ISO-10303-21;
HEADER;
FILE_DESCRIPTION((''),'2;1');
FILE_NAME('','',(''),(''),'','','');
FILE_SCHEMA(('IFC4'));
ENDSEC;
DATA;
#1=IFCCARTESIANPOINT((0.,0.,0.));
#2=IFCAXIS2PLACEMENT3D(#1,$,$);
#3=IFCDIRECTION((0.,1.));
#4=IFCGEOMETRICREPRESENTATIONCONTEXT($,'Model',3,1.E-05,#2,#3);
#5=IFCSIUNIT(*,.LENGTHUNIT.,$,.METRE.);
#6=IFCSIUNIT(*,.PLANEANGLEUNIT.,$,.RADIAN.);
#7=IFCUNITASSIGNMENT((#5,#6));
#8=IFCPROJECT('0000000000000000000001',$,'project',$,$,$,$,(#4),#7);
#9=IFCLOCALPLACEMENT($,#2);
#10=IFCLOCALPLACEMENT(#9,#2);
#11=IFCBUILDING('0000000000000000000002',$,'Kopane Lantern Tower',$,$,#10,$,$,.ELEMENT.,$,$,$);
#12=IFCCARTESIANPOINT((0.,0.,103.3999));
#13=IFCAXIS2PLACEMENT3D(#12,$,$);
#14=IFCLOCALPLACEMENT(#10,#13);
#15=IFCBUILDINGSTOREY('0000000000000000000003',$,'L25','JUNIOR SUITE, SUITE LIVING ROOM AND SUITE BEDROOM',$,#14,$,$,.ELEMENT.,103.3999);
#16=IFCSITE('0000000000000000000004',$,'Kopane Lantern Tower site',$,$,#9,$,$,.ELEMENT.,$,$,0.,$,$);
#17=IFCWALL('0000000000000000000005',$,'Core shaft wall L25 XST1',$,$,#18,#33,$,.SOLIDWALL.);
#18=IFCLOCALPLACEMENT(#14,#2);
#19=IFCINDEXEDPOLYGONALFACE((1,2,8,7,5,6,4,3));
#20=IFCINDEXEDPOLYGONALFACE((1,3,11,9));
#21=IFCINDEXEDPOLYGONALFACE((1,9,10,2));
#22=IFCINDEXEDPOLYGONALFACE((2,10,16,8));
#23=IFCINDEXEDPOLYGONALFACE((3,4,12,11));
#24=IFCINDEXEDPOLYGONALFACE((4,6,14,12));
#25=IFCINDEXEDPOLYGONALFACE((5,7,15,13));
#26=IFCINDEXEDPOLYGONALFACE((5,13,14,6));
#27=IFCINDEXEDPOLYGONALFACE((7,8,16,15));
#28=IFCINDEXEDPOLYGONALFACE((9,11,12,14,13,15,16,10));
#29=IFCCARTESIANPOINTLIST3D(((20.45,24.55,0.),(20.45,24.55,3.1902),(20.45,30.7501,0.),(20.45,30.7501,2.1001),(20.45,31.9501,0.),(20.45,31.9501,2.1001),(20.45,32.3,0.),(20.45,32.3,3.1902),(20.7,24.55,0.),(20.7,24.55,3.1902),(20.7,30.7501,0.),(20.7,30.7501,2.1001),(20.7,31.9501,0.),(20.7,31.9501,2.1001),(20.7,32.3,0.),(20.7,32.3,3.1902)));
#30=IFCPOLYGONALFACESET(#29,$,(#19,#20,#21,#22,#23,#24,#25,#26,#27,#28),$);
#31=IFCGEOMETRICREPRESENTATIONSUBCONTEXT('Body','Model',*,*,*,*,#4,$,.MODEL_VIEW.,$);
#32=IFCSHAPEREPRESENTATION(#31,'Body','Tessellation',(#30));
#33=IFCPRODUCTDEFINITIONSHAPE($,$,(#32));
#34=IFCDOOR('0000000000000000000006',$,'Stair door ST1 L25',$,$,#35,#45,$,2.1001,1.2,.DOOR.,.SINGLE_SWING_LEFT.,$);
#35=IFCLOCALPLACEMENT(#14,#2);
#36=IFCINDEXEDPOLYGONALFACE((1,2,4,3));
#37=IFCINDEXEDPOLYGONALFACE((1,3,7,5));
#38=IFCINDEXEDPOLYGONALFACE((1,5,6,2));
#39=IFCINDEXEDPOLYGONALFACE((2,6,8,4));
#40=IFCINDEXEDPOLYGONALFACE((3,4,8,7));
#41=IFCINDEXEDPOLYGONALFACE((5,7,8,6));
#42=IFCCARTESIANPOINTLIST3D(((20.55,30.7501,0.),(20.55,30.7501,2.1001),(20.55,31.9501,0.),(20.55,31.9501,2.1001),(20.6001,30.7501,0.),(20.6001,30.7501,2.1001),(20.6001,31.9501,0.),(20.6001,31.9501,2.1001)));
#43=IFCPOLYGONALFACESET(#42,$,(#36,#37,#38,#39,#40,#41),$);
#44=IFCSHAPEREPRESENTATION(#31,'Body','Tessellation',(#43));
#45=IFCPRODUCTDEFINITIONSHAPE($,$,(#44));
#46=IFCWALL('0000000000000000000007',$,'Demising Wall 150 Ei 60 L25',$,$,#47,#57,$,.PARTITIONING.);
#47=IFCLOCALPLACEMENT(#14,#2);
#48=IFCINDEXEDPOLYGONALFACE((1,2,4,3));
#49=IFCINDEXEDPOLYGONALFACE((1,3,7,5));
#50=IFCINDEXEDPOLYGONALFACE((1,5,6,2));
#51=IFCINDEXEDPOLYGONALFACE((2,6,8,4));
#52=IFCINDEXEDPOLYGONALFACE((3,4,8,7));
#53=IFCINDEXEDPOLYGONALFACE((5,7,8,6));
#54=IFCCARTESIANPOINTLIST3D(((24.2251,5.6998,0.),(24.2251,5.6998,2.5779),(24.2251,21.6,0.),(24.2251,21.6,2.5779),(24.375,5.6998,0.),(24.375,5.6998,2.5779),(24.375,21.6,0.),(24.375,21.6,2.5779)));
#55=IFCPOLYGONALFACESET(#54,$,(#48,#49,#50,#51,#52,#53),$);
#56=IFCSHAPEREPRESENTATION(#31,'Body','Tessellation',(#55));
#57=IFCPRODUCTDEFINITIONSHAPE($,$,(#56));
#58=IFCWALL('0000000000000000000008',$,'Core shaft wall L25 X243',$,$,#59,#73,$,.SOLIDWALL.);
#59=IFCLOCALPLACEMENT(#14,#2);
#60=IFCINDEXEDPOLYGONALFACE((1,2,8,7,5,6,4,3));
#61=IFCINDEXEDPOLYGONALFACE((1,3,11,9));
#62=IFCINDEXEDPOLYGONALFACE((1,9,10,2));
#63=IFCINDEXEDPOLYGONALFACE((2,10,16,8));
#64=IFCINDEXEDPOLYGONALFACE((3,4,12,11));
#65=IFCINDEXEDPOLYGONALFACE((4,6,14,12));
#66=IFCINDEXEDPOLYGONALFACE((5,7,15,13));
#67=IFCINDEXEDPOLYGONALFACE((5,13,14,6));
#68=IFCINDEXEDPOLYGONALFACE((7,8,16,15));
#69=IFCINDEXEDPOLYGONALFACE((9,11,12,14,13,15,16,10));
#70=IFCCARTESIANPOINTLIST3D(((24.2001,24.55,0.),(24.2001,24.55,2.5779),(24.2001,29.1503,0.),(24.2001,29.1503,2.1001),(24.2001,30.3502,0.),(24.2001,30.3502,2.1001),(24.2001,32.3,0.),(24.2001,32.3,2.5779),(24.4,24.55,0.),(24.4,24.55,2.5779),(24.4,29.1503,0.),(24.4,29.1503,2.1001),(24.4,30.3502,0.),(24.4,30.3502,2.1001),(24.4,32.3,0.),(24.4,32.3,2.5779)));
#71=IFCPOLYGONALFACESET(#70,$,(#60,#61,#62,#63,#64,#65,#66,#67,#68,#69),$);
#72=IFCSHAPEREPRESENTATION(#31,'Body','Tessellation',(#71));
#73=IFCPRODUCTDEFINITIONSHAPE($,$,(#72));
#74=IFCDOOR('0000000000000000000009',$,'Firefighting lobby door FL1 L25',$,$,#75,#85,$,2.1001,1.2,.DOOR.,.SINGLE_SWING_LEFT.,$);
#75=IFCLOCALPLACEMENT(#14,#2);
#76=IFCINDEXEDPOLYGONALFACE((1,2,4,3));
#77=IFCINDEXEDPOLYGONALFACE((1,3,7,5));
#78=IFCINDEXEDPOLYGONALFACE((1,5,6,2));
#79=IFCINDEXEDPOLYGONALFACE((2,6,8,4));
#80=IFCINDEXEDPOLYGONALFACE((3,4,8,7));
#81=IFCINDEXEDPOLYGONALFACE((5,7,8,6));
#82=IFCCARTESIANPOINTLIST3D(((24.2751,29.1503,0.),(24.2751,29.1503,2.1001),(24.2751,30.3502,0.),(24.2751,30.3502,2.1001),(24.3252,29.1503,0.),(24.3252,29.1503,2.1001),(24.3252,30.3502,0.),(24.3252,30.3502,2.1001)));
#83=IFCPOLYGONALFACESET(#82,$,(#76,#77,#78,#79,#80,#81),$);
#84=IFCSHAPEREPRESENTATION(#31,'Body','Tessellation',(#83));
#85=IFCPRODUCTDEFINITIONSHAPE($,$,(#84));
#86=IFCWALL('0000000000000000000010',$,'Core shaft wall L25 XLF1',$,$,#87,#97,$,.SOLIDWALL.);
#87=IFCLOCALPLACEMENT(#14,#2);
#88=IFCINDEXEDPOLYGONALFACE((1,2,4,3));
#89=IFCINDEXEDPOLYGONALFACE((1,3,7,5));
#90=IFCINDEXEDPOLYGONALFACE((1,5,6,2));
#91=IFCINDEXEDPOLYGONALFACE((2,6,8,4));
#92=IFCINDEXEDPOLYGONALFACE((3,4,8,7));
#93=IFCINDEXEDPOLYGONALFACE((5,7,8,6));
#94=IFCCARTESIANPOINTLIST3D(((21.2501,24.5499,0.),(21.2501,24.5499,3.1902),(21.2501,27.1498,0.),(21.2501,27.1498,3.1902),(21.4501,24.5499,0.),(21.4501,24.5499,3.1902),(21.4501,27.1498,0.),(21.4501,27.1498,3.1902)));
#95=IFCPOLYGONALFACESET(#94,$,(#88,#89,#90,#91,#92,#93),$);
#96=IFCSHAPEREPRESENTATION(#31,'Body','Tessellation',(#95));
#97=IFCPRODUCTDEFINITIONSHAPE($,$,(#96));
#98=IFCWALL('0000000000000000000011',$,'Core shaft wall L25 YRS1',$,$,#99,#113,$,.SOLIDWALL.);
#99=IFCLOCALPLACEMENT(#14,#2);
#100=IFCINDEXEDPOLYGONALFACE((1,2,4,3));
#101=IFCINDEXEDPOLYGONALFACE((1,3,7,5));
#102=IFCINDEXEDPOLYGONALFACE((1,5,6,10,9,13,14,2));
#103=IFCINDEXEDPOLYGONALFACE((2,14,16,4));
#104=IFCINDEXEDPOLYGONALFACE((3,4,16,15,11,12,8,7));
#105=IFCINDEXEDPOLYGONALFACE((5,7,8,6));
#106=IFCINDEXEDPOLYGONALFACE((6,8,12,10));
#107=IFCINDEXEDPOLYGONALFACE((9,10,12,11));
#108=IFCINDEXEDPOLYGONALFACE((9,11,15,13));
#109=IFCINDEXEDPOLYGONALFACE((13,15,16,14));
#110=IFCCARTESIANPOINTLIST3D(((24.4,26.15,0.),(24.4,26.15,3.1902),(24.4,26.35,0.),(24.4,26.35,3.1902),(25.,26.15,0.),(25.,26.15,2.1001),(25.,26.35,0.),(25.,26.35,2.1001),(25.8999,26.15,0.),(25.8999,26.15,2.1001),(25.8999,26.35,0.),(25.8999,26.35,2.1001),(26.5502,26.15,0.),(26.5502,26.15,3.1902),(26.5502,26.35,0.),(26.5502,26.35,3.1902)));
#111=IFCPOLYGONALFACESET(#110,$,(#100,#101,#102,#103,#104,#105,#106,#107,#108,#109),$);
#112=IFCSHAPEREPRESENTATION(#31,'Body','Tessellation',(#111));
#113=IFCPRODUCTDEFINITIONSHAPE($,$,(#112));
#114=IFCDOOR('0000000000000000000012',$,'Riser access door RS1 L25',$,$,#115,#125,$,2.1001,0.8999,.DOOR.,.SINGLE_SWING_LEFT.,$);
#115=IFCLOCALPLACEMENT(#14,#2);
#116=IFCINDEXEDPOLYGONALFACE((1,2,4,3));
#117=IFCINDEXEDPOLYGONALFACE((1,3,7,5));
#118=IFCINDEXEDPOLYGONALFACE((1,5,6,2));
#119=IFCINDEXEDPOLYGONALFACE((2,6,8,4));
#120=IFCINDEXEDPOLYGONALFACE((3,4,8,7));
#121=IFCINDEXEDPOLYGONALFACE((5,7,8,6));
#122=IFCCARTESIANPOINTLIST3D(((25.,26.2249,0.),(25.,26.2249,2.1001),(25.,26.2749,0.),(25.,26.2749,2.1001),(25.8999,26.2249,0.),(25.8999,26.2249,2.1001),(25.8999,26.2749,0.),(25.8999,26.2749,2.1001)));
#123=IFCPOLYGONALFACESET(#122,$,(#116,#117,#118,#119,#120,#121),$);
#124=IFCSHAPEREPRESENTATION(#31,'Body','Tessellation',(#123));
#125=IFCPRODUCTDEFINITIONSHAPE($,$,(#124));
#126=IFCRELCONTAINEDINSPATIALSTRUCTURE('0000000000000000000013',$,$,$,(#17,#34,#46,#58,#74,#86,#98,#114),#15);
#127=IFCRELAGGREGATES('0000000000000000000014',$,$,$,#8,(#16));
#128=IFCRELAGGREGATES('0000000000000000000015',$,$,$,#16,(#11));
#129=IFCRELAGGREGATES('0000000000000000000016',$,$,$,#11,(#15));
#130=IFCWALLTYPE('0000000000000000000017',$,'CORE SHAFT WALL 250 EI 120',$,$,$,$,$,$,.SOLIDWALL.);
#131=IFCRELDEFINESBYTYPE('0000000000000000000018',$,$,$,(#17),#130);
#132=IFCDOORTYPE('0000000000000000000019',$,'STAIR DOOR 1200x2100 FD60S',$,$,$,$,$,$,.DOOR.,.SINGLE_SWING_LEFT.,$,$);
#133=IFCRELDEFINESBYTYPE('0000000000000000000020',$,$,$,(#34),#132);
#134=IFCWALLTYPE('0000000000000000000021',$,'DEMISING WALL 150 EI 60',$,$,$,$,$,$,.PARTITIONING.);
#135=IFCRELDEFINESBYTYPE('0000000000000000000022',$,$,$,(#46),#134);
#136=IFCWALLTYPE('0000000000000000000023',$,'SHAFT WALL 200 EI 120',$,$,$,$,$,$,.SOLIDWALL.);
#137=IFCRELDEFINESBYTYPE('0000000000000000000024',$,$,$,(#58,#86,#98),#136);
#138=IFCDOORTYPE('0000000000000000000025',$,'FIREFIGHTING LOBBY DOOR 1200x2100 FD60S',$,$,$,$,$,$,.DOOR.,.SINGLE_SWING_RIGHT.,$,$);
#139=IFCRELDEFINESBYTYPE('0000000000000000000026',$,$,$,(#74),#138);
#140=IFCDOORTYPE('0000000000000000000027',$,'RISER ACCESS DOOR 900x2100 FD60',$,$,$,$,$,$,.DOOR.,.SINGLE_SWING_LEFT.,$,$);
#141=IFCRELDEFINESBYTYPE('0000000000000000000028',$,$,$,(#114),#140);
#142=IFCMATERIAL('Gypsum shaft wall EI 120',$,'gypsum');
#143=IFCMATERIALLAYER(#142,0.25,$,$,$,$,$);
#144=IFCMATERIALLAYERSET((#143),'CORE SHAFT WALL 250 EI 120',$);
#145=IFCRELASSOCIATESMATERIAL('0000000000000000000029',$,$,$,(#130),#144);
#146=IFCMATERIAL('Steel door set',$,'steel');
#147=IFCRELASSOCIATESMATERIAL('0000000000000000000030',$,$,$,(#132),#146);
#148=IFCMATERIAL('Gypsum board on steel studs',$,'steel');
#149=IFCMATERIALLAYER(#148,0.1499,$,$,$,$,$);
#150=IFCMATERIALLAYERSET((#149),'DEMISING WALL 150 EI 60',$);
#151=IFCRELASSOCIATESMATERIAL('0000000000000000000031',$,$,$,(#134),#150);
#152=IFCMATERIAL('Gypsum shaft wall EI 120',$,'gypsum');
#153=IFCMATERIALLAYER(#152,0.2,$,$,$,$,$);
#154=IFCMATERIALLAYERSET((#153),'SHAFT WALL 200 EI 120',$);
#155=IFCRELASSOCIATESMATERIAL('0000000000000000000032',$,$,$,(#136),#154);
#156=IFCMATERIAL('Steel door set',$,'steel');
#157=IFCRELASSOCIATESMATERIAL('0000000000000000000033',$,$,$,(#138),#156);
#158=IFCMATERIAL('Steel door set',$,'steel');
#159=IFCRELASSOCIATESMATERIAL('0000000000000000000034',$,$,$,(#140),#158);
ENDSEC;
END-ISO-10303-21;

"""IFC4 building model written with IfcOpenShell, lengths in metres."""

from ifc_helpers import new_model, si_unit, direction, frame, frame_2d, origin, place, context, subcontext, project, spatial, rectangle, extrude, material, layer, layer_set, type_object, element, fill, save


model = new_model("IFC4")

# Units and contexts
model_context = context("Model", 3, precision=1e-05, world=origin(), true_north=direction((0.0, 1.0)))
body_context = subcontext(model_context, "Body", "Model", "MODEL_VIEW")
ifc_project = project(units=[si_unit("LENGTHUNIT", "METRE"), si_unit("PLANEANGLEUNIT", "RADIAN")], contexts=[model_context])

# Site, building, storey
site_placement = place(None, origin())
site = spatial("IfcSite", under=ifc_project, at=site_placement, Name="Kopane Lantern Tower site", CompositionType="ELEMENT", RefElevation=0.0)
building_placement = place(site_placement, origin())
building = spatial("IfcBuilding", under=site, at=building_placement, Name="Kopane Lantern Tower", CompositionType="ELEMENT")
storey_placement = place(building_placement, frame((0.0, 0.0, 103.3999)))
storey = spatial("IfcBuildingStorey", under=building, at=storey_placement, Name="L25", Description="JUNIOR SUITE, SUITE LIVING ROOM AND SUITE BEDROOM", CompositionType="ELEMENT", Elevation=103.3999)

# Wall, opening, door
ifc_material_1 = material(Name="Gypsum shaft wall EI 120", Category="gypsum")
ifc_layer_1 = layer(ifc_material_1, 0.25)
ifc_layer_set_1 = layer_set([ifc_layer_1], Name="CORE SHAFT WALL 250 EI 120")
wall_type_1 = type_object("IfcWallType", Name="CORE SHAFT WALL 250 EI 120", PredefinedType="SOLIDWALL", material=ifc_layer_set_1)
wall_1_placement = place(storey_placement, frame((20.575, 24.55, 0.0), z_axis=(0.0, 0.0, 1.0), x_axis=(0.0, 1.0, 0.0)))
wall_1 = element("IfcWall", 1, at=wall_1_placement, inside=storey, type_object=wall_type_1, Name="Core shaft wall L25 XST1", PredefinedType="SOLIDWALL", context=body_context, shape_type="SweptSolid", body=[
    extrude(rectangle(XDim=7.75, YDim=0.25, at=frame_2d((3.875, 0.0))), origin(), (0.0, 0.0, 1.0), 3.1902),
])
opening_1_placement = place(wall_1_placement, frame((6.2, 0.0, 0.0)))
opening_1 = element("IfcOpeningElement", 2, at=opening_1_placement, cuts=wall_1, PredefinedType="OPENING", context=body_context, shape_type="SweptSolid", body=[
    extrude(rectangle(XDim=1.2, YDim=2.1001, at=frame_2d((0.6001, 1.05))), frame((0.0, 0.135, 0.0), z_axis=(0.0, -1.0, 0.0), x_axis=(1.0, 0.0, 0.0)), (0.0, 0.0, 1.0), 0.27),
])
ifc_material_2 = material(Name="Steel door set", Category="steel")
door_type_1 = type_object("IfcDoorType", Name="STAIR DOOR 1200x2100 FD60S", OperationType="SINGLE_SWING_LEFT", PredefinedType="DOOR", material=ifc_material_2)
door_1_placement = place(opening_1_placement, origin())
door_1 = element("IfcDoor", 3, at=door_1_placement, inside=storey, type_object=door_type_1, Name="Stair door ST1 L25", OperationType="SINGLE_SWING_LEFT", OverallHeight=2.1001, OverallWidth=1.2, PredefinedType="DOOR", context=body_context, shape_type="SweptSolid", body=[
    extrude(rectangle(XDim=1.2, YDim=2.1001, at=frame_2d((0.6001, 1.05))), frame((0.0, 0.0249, 0.0), z_axis=(0.0, -1.0, 0.0), x_axis=(1.0, 0.0, 0.0)), (0.0, 0.0, 1.0), 0.05),
])
fill(opening_1, door_1)

# Wall
ifc_material_3 = material(Name="Gypsum board on steel studs", Category="steel")
ifc_layer_2 = layer(ifc_material_3, 0.1499)
ifc_layer_set_2 = layer_set([ifc_layer_2], Name="DEMISING WALL 150 EI 60")
wall_type_2 = type_object("IfcWallType", Name="DEMISING WALL 150 EI 60", PredefinedType="PARTITIONING", material=ifc_layer_set_2)
wall_2_placement = place(storey_placement, frame((24.3, 21.6001, 0.0), z_axis=(0.0, 0.0, 1.0), x_axis=(0.0, -1.0, 0.0)))
element("IfcWall", 4, at=wall_2_placement, inside=storey, type_object=wall_type_2, Name="Demising Wall 150 Ei 60 L25", PredefinedType="PARTITIONING", context=body_context, shape_type="SweptSolid", body=[
    extrude(rectangle(XDim=15.9001, YDim=0.1499, at=frame_2d((7.9502, 0.0))), origin(), (0.0, 0.0, 1.0), 2.5779),
])

# Wall, opening, door
ifc_material_4 = material(Name="Gypsum shaft wall EI 120", Category="gypsum")
ifc_layer_3 = layer(ifc_material_4, 0.2)
ifc_layer_set_3 = layer_set([ifc_layer_3], Name="SHAFT WALL 200 EI 120")
wall_type_3 = type_object("IfcWallType", Name="SHAFT WALL 200 EI 120", PredefinedType="SOLIDWALL", material=ifc_layer_set_3)
wall_3_placement = place(storey_placement, frame((24.3, 24.55, 0.0), z_axis=(0.0, 0.0, 1.0), x_axis=(0.0, 1.0, 0.0)))
wall_3 = element("IfcWall", 5, at=wall_3_placement, inside=storey, type_object=wall_type_3, Name="Core shaft wall L25 X243", PredefinedType="SOLIDWALL", context=body_context, shape_type="SweptSolid", body=[
    extrude(rectangle(XDim=7.75, YDim=0.2, at=frame_2d((3.875, 0.0))), origin(), (0.0, 0.0, 1.0), 2.5779),
])
opening_2_placement = place(wall_3_placement, frame((4.6001, 0.0, 0.0)))
opening_2 = element("IfcOpeningElement", 6, at=opening_2_placement, cuts=wall_3, PredefinedType="OPENING", context=body_context, shape_type="SweptSolid", body=[
    extrude(rectangle(XDim=1.2, YDim=2.1001, at=frame_2d((0.6001, 1.05))), frame((0.0, 0.1099, 0.0), z_axis=(0.0, -1.0, 0.0), x_axis=(1.0, 0.0, 0.0)), (0.0, 0.0, 1.0), 0.22),
])
ifc_material_5 = material(Name="Steel door set", Category="steel")
door_type_2 = type_object("IfcDoorType", Name="FIREFIGHTING LOBBY DOOR 1200x2100 FD60S", OperationType="SINGLE_SWING_RIGHT", PredefinedType="DOOR", material=ifc_material_5)
door_2_placement = place(opening_2_placement, origin())
door_2 = element("IfcDoor", 7, at=door_2_placement, inside=storey, type_object=door_type_2, Name="Firefighting lobby door FL1 L25", OperationType="SINGLE_SWING_LEFT", OverallHeight=2.1001, OverallWidth=1.2, PredefinedType="DOOR", context=body_context, shape_type="SweptSolid", body=[
    extrude(rectangle(XDim=1.2, YDim=2.1001, at=frame_2d((0.6001, 1.05))), frame((0.0, 0.0249, 0.0), z_axis=(0.0, -1.0, 0.0), x_axis=(1.0, 0.0, 0.0)), (0.0, 0.0, 1.0), 0.05),
])
fill(opening_2, door_2)

# Wall
wall_4_placement = place(storey_placement, frame((21.3501, 24.55, 0.0), z_axis=(0.0, 0.0, 1.0), x_axis=(0.0, 1.0, 0.0)))
element("IfcWall", 8, at=wall_4_placement, inside=storey, type_object=wall_type_3, Name="Core shaft wall L25 XLF1", PredefinedType="SOLIDWALL", context=body_context, shape_type="SweptSolid", body=[
    extrude(rectangle(XDim=2.5999, YDim=0.2, at=frame_2d((1.2998, 0.0))), origin(), (0.0, 0.0, 1.0), 3.1902),
])

# Wall, opening, door
wall_5_placement = place(storey_placement, frame((24.3999, 26.25, 0.0), z_axis=(0.0, 0.0, 1.0), x_axis=(1.0, 0.0, 0.0)))
wall_5 = element("IfcWall", 9, at=wall_5_placement, inside=storey, type_object=wall_type_3, Name="Core shaft wall L25 YRS1", PredefinedType="SOLIDWALL", context=body_context, shape_type="SweptSolid", body=[
    extrude(rectangle(XDim=2.1501, YDim=0.2, at=frame_2d((1.0752, 0.0))), origin(), (0.0, 0.0, 1.0), 3.1902),
])
opening_3_placement = place(wall_5_placement, frame((0.6001, 0.0, 0.0)))
opening_3 = element("IfcOpeningElement", 10, at=opening_3_placement, cuts=wall_5, PredefinedType="OPENING", context=body_context, shape_type="SweptSolid", body=[
    extrude(rectangle(XDim=0.8999, YDim=2.1001, at=frame_2d((0.45, 1.05))), frame((0.0, 0.1099, 0.0), z_axis=(0.0, -1.0, 0.0), x_axis=(1.0, 0.0, 0.0)), (0.0, 0.0, 1.0), 0.22),
])
ifc_material_6 = material(Name="Steel door set", Category="steel")
door_type_3 = type_object("IfcDoorType", Name="RISER ACCESS DOOR 900x2100 FD60", OperationType="SINGLE_SWING_LEFT", PredefinedType="DOOR", material=ifc_material_6)
door_3_placement = place(opening_3_placement, origin())
door_3 = element("IfcDoor", 11, at=door_3_placement, inside=storey, type_object=door_type_3, Name="Riser access door RS1 L25", OperationType="SINGLE_SWING_LEFT", OverallHeight=2.1001, OverallWidth=0.8999, PredefinedType="DOOR", context=body_context, shape_type="SweptSolid", body=[
    extrude(rectangle(XDim=0.8999, YDim=2.1001, at=frame_2d((0.45, 1.05))), frame((0.0, 0.0249, 0.0), z_axis=(0.0, -1.0, 0.0), x_axis=(1.0, 0.0, 0.0)), (0.0, 0.0, 1.0), 0.05),
])
fill(opening_3, door_3)

save(model, "model.ifc")
